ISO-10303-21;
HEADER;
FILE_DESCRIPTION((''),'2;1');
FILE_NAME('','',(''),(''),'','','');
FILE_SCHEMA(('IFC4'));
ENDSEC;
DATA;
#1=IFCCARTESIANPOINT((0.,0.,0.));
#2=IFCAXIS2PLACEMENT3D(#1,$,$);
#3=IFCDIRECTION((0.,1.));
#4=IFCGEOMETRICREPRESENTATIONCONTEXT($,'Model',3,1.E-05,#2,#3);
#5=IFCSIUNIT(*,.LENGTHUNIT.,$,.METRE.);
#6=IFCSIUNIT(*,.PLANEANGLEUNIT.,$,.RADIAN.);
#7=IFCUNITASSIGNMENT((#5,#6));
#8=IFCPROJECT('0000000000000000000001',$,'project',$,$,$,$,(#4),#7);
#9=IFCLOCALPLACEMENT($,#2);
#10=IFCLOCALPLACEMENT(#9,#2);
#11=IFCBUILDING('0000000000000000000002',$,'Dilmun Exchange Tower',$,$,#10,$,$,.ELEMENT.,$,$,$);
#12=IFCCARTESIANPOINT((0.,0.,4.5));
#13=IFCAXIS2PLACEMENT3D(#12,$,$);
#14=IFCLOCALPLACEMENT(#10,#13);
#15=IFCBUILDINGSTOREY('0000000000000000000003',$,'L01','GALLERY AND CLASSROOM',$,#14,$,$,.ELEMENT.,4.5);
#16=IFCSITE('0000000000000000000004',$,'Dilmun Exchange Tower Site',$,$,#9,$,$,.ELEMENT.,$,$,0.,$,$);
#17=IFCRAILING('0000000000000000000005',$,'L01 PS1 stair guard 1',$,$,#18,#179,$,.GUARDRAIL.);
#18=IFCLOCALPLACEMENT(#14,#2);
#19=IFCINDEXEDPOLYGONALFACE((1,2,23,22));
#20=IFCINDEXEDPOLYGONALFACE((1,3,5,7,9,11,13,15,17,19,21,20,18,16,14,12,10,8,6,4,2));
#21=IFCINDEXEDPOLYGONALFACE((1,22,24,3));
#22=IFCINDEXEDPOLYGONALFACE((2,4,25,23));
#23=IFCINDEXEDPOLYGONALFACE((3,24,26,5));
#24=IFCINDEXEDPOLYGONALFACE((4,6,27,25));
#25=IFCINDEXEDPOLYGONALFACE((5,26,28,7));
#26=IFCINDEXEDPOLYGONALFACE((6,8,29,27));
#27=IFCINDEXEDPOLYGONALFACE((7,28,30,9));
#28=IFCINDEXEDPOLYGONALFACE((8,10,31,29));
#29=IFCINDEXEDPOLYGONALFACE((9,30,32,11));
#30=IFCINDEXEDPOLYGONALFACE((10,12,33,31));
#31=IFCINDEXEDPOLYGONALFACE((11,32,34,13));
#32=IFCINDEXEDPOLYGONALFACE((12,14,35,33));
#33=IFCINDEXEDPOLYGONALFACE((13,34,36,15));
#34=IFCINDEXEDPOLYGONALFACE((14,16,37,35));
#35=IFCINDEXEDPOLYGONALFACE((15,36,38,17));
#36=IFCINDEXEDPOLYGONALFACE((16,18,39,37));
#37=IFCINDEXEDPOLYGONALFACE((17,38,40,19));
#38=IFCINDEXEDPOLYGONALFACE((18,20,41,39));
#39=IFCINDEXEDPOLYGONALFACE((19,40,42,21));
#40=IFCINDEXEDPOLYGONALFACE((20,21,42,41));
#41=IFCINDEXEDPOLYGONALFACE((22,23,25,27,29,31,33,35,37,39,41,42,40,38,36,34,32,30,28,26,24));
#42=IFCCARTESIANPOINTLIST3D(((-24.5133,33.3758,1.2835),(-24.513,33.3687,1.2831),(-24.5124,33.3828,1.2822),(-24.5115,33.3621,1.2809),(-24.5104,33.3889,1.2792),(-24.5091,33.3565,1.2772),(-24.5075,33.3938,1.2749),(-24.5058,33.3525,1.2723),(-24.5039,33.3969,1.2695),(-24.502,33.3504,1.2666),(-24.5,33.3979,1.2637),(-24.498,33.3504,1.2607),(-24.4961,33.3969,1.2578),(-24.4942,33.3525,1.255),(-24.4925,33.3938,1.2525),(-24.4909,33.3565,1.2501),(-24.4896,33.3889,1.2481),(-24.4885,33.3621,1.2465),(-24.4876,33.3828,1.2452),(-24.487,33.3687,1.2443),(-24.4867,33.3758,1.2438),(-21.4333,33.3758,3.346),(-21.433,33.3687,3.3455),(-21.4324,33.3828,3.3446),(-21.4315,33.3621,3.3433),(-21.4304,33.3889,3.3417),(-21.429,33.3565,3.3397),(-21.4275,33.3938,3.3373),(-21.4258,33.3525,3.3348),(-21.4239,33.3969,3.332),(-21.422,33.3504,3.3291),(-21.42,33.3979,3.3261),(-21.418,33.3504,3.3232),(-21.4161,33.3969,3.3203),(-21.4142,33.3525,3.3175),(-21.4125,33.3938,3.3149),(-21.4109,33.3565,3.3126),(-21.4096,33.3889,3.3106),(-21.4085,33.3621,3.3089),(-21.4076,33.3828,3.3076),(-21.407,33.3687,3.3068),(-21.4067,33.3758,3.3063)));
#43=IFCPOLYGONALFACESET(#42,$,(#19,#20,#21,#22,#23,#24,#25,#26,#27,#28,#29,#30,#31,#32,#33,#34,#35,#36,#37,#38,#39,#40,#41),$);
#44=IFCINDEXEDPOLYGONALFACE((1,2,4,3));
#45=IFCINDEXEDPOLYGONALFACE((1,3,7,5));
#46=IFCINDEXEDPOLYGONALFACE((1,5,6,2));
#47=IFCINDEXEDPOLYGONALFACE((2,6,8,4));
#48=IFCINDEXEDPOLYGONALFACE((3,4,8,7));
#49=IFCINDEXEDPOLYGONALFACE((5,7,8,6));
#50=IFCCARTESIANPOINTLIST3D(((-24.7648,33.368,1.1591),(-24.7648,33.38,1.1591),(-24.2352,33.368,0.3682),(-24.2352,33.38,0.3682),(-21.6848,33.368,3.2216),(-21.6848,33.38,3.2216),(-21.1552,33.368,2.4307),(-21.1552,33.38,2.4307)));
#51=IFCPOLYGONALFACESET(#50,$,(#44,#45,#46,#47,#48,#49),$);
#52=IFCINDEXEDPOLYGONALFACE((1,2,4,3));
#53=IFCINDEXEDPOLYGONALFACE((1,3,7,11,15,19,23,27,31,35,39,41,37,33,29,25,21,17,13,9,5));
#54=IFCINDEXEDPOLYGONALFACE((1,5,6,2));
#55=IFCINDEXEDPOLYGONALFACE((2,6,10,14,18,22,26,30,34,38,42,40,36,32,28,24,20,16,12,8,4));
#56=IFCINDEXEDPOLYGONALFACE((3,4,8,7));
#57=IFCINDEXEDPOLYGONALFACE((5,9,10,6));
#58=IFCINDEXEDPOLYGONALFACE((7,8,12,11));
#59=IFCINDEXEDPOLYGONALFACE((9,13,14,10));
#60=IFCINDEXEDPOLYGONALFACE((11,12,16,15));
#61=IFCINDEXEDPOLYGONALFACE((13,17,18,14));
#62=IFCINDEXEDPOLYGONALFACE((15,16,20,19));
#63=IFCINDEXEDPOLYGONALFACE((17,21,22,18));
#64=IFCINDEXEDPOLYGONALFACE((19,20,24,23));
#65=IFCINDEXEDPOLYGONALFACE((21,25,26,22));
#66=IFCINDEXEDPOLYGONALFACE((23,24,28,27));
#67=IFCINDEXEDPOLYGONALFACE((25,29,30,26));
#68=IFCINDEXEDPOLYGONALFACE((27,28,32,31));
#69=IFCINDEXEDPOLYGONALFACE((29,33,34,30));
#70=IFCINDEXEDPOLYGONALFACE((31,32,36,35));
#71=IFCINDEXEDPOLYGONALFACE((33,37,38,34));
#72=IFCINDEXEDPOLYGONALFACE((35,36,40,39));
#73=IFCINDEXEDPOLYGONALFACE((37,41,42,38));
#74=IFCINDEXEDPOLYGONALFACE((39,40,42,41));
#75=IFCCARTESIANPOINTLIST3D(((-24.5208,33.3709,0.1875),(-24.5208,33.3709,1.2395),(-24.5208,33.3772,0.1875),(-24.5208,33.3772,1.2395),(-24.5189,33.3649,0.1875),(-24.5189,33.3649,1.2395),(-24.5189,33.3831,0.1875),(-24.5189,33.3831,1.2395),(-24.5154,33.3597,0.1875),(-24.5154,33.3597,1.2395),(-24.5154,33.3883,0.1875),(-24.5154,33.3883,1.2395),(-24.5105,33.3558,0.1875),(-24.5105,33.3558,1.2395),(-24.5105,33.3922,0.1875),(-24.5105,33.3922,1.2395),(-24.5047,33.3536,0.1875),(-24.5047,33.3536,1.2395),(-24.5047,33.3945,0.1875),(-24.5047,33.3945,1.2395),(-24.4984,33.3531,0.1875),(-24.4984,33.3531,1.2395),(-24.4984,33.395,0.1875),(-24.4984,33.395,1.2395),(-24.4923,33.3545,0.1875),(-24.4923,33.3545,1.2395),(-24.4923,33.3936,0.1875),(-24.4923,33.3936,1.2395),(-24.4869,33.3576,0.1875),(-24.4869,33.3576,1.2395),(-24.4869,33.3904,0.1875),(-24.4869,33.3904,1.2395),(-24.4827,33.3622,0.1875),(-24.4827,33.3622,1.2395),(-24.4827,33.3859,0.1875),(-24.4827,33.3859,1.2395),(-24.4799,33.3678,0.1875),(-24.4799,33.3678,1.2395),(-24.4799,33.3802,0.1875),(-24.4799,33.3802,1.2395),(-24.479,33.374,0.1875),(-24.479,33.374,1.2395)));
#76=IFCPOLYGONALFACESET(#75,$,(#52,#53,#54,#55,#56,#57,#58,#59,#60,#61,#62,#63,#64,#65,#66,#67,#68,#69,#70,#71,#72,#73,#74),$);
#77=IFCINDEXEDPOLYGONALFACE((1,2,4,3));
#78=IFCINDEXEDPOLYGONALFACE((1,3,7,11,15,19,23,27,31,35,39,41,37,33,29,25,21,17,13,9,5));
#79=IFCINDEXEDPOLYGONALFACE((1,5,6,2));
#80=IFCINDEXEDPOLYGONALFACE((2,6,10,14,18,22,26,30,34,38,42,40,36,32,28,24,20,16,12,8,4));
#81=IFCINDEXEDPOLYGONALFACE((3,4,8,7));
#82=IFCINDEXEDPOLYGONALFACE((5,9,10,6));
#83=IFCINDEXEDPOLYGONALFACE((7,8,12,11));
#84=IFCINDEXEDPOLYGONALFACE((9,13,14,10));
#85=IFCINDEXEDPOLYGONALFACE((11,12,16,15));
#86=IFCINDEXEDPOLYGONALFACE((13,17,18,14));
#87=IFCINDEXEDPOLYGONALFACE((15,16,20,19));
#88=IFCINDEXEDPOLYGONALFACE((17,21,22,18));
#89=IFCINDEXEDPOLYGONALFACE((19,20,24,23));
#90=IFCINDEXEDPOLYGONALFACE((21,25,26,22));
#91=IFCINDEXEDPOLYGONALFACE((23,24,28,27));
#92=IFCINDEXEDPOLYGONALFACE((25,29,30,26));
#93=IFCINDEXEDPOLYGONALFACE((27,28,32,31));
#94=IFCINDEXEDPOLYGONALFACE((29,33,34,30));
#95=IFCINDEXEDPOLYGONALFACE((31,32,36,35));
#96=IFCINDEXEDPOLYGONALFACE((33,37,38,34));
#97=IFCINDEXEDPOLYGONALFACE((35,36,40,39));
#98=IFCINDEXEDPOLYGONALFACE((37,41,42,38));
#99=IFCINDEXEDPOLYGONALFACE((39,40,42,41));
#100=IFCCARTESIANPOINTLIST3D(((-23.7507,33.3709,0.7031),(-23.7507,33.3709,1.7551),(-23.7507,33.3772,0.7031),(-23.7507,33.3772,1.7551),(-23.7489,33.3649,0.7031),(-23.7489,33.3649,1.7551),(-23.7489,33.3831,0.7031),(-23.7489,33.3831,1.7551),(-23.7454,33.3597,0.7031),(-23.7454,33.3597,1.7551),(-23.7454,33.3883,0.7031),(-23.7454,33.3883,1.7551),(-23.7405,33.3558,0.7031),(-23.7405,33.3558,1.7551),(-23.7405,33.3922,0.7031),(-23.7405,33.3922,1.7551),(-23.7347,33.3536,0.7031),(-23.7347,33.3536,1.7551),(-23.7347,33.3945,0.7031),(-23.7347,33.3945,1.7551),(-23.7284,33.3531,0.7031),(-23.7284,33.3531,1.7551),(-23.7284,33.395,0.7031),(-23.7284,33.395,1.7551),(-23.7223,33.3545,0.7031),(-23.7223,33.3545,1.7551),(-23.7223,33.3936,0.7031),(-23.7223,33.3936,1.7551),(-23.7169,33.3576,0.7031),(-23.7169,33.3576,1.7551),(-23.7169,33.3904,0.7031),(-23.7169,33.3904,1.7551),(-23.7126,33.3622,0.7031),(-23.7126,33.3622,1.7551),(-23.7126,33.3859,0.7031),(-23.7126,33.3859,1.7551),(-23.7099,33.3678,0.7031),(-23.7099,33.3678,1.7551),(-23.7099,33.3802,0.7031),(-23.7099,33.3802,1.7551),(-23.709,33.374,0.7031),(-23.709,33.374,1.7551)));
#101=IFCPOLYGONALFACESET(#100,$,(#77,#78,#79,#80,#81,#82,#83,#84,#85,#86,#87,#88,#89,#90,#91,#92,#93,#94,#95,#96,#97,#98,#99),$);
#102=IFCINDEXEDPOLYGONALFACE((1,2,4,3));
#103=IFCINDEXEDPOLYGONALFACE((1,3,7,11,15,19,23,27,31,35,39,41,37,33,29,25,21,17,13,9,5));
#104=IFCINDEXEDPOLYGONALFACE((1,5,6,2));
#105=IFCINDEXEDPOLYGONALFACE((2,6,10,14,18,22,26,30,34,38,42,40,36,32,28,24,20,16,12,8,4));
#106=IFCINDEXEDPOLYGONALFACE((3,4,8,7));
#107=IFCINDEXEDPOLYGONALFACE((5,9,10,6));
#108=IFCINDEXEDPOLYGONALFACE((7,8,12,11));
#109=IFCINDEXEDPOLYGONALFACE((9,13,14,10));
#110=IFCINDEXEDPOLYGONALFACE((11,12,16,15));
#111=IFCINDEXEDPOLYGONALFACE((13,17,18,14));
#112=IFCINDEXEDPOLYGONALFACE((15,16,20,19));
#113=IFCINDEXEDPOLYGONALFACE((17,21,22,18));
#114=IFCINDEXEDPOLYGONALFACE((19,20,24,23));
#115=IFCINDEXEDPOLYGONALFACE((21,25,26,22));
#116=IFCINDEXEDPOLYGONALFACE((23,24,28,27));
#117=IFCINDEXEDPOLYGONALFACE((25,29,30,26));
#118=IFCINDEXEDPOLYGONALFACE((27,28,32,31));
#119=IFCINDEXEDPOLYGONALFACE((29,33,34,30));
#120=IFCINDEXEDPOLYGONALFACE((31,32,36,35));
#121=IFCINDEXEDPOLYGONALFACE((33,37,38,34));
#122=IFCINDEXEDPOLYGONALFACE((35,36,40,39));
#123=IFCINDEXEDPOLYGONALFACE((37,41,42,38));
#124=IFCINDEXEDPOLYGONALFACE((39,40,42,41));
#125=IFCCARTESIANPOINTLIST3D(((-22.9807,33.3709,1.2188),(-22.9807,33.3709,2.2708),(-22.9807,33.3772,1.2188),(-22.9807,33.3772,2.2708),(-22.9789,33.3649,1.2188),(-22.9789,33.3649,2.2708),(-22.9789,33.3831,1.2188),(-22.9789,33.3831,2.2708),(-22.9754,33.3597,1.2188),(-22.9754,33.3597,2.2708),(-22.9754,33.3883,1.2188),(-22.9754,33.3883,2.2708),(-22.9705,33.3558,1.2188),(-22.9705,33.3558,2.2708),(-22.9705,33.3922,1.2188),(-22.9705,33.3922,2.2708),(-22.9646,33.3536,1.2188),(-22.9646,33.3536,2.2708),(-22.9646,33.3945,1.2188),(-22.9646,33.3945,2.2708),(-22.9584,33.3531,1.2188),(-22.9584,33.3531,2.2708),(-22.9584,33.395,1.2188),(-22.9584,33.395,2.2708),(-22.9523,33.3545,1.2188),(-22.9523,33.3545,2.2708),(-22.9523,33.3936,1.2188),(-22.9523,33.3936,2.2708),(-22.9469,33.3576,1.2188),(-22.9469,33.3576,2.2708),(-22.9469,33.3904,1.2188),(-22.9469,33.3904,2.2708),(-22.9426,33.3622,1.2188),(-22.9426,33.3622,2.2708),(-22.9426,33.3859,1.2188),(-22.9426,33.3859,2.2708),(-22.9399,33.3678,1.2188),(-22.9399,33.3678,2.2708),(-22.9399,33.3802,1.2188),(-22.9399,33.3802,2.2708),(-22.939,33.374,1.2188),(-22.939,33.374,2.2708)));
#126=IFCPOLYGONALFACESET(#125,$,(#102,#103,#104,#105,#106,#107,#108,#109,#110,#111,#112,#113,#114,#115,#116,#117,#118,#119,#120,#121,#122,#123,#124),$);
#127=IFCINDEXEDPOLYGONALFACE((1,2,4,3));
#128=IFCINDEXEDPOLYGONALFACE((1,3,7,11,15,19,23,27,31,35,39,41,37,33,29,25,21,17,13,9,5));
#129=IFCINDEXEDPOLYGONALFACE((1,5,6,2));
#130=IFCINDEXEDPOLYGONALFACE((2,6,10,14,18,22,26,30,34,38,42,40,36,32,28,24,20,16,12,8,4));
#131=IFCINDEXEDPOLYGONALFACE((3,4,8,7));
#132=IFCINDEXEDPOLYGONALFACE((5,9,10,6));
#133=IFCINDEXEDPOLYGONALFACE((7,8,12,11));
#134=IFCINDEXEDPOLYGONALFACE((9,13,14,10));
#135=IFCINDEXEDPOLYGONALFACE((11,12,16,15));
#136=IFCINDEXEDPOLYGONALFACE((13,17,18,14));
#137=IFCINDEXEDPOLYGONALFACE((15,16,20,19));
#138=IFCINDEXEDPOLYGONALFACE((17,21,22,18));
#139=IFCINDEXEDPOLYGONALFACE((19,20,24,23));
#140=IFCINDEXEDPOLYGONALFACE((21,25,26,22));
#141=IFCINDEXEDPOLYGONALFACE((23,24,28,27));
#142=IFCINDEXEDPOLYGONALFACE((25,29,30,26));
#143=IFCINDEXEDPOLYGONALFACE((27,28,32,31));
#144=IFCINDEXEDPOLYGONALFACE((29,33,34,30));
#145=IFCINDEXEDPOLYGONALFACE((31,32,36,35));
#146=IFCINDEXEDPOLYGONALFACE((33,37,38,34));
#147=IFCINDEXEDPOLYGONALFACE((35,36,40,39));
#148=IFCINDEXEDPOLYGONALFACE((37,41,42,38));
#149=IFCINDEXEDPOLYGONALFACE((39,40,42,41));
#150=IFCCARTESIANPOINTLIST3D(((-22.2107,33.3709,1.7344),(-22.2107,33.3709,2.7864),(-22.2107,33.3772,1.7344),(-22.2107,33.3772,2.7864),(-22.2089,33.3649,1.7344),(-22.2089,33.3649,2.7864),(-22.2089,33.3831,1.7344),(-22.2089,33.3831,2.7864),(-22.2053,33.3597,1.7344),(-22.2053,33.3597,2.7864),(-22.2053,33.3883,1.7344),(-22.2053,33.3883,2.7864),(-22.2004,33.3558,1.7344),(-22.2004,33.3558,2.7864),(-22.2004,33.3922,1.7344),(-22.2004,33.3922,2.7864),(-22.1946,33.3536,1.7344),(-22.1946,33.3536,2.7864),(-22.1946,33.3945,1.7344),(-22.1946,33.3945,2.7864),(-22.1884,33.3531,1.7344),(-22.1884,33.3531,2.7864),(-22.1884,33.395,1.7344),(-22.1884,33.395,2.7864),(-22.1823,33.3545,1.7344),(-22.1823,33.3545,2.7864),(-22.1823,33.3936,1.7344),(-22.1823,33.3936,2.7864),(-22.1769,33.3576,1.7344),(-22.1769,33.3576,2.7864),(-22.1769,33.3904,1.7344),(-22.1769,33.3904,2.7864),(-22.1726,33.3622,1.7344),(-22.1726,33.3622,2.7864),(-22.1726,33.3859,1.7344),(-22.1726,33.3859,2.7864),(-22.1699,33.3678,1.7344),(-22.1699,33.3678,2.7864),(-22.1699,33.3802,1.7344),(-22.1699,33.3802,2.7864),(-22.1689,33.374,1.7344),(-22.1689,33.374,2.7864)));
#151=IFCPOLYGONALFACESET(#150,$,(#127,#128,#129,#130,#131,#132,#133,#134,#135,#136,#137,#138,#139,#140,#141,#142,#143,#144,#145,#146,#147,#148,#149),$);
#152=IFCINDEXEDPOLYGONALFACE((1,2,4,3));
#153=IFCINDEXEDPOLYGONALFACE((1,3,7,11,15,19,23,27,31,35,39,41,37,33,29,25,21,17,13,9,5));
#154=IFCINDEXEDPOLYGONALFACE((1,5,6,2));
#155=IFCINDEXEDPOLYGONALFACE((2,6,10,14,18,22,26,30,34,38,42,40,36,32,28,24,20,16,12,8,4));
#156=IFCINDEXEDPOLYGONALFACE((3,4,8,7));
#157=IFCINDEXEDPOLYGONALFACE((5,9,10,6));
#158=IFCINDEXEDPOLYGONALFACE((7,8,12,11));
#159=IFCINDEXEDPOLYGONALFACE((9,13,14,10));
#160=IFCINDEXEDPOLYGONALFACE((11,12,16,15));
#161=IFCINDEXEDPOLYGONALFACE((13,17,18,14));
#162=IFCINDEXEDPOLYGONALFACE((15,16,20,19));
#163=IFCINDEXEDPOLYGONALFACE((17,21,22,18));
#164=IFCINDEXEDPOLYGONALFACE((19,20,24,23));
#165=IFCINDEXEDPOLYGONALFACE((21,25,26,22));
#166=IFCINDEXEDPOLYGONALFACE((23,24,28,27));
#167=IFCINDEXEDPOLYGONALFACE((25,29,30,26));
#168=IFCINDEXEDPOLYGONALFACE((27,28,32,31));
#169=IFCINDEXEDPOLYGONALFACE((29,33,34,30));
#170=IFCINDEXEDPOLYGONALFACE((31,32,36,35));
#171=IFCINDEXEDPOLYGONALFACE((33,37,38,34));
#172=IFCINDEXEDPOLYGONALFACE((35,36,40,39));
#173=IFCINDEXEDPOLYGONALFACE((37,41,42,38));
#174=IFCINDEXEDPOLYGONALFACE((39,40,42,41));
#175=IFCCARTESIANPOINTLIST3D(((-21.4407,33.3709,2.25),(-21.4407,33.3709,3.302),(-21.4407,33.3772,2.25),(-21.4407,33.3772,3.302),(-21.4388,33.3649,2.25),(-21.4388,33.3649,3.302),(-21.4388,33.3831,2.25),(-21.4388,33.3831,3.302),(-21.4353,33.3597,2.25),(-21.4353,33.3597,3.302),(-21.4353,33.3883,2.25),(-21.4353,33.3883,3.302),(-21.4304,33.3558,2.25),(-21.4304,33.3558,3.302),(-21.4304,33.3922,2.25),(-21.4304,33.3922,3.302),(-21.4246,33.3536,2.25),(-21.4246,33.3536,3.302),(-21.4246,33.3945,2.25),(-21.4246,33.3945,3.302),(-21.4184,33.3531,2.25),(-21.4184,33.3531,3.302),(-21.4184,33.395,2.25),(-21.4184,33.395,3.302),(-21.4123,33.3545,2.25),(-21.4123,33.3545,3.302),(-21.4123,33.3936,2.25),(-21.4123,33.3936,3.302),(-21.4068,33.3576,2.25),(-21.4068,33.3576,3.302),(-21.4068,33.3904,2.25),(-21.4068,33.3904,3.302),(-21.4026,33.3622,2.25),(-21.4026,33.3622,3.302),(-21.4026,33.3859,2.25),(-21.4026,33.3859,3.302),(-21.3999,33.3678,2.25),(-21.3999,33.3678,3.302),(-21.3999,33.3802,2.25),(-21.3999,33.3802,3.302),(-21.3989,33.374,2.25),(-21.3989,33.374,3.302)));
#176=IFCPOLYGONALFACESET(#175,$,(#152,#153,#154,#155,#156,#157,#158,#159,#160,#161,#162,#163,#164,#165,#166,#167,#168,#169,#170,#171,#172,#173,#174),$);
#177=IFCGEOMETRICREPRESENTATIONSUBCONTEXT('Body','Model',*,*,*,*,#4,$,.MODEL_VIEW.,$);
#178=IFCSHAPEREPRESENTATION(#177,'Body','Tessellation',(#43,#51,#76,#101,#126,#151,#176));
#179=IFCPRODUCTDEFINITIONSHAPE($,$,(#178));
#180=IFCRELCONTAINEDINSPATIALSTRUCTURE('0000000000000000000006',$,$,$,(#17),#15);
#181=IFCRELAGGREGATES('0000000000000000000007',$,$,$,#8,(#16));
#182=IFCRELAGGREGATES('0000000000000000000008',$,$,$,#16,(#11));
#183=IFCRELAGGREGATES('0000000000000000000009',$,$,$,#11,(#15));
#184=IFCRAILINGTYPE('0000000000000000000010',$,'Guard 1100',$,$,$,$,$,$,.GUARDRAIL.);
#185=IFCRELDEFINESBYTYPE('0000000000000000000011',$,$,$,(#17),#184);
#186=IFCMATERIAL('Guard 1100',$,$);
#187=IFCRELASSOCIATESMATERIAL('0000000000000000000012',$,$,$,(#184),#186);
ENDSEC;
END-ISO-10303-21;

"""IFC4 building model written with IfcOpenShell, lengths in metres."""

from ifc_helpers import new_model, si_unit, direction, frame, origin, origin_2d, place, context, subcontext, project, spatial, rectangle, circle, extrude, material, type_object, element, save


model = new_model("IFC4")

# Units and contexts
model_context = context("Model", 3, precision=1e-05, world=origin(), true_north=direction((0.0, 1.0)))
body_context = subcontext(model_context, "Body", "Model", "MODEL_VIEW")
ifc_project = project(units=[si_unit("LENGTHUNIT", "METRE"), si_unit("PLANEANGLEUNIT", "RADIAN")], contexts=[model_context])

# Site, building, storey
site_placement = place(None, origin())
site = spatial("IfcSite", under=ifc_project, at=site_placement, Name="Dilmun Exchange Tower Site", CompositionType="ELEMENT", RefElevation=0.0)
building_placement = place(site_placement, origin())
building = spatial("IfcBuilding", under=site, at=building_placement, Name="Dilmun Exchange Tower", CompositionType="ELEMENT")
storey_placement = place(building_placement, frame((0.0, 0.0, 4.5)))
storey = spatial("IfcBuildingStorey", under=building, at=storey_placement, Name="L01", Description="GALLERY AND CLASSROOM", CompositionType="ELEMENT", Elevation=4.5)

# Railing
ifc_material_1 = material(Name="Guard 1100")
railing_type_1 = type_object("IfcRailingType", Name="Guard 1100", PredefinedType="GUARDRAIL", material=ifc_material_1)
railing_1_placement = place(storey_placement, frame((-24.5, 33.374, 0.1875)))
element("IfcRailing", 1, at=railing_1_placement, inside=storey, type_object=railing_type_1, Name="L01 PS1 stair guard 1", PredefinedType="GUARDRAIL", context=body_context, shape_type="SweptSolid", body=[
    extrude(circle(Radius=0.0239, at=origin_2d()), frame((0.0, 0.0, 1.0762), z_axis=(0.830914, 0.0, 0.556401), x_axis=(0.0, 1.0, 0.0)), (0.0, 0.0, 1.0), 3.7068),
    extrude(rectangle(XDim=0.012, YDim=0.9519, at=origin_2d()), frame((0.0, 0.0, 0.5762), z_axis=(0.830914, 0.0, 0.556401), x_axis=(0.0, 1.0, 0.0)), (0.0, 0.0, 1.0), 3.7068),
    extrude(circle(Radius=0.021, at=origin_2d()), origin(), (0.0, 0.0, 1.0), 1.052),
    extrude(circle(Radius=0.021, at=origin_2d()), frame((0.77, 0.0, 0.5156)), (0.0, 0.0, 1.0), 1.052),
    extrude(circle(Radius=0.021, at=origin_2d()), frame((1.54, 0.0, 1.0312)), (0.0, 0.0, 1.0), 1.052),
    extrude(circle(Radius=0.021, at=origin_2d()), frame((2.3101, 0.0, 1.5469)), (0.0, 0.0, 1.0), 1.052),
    extrude(circle(Radius=0.021, at=origin_2d()), frame((3.0801, 0.0, 2.0625)), (0.0, 0.0, 1.0), 1.052),
])

save(model, "model.ifc")
